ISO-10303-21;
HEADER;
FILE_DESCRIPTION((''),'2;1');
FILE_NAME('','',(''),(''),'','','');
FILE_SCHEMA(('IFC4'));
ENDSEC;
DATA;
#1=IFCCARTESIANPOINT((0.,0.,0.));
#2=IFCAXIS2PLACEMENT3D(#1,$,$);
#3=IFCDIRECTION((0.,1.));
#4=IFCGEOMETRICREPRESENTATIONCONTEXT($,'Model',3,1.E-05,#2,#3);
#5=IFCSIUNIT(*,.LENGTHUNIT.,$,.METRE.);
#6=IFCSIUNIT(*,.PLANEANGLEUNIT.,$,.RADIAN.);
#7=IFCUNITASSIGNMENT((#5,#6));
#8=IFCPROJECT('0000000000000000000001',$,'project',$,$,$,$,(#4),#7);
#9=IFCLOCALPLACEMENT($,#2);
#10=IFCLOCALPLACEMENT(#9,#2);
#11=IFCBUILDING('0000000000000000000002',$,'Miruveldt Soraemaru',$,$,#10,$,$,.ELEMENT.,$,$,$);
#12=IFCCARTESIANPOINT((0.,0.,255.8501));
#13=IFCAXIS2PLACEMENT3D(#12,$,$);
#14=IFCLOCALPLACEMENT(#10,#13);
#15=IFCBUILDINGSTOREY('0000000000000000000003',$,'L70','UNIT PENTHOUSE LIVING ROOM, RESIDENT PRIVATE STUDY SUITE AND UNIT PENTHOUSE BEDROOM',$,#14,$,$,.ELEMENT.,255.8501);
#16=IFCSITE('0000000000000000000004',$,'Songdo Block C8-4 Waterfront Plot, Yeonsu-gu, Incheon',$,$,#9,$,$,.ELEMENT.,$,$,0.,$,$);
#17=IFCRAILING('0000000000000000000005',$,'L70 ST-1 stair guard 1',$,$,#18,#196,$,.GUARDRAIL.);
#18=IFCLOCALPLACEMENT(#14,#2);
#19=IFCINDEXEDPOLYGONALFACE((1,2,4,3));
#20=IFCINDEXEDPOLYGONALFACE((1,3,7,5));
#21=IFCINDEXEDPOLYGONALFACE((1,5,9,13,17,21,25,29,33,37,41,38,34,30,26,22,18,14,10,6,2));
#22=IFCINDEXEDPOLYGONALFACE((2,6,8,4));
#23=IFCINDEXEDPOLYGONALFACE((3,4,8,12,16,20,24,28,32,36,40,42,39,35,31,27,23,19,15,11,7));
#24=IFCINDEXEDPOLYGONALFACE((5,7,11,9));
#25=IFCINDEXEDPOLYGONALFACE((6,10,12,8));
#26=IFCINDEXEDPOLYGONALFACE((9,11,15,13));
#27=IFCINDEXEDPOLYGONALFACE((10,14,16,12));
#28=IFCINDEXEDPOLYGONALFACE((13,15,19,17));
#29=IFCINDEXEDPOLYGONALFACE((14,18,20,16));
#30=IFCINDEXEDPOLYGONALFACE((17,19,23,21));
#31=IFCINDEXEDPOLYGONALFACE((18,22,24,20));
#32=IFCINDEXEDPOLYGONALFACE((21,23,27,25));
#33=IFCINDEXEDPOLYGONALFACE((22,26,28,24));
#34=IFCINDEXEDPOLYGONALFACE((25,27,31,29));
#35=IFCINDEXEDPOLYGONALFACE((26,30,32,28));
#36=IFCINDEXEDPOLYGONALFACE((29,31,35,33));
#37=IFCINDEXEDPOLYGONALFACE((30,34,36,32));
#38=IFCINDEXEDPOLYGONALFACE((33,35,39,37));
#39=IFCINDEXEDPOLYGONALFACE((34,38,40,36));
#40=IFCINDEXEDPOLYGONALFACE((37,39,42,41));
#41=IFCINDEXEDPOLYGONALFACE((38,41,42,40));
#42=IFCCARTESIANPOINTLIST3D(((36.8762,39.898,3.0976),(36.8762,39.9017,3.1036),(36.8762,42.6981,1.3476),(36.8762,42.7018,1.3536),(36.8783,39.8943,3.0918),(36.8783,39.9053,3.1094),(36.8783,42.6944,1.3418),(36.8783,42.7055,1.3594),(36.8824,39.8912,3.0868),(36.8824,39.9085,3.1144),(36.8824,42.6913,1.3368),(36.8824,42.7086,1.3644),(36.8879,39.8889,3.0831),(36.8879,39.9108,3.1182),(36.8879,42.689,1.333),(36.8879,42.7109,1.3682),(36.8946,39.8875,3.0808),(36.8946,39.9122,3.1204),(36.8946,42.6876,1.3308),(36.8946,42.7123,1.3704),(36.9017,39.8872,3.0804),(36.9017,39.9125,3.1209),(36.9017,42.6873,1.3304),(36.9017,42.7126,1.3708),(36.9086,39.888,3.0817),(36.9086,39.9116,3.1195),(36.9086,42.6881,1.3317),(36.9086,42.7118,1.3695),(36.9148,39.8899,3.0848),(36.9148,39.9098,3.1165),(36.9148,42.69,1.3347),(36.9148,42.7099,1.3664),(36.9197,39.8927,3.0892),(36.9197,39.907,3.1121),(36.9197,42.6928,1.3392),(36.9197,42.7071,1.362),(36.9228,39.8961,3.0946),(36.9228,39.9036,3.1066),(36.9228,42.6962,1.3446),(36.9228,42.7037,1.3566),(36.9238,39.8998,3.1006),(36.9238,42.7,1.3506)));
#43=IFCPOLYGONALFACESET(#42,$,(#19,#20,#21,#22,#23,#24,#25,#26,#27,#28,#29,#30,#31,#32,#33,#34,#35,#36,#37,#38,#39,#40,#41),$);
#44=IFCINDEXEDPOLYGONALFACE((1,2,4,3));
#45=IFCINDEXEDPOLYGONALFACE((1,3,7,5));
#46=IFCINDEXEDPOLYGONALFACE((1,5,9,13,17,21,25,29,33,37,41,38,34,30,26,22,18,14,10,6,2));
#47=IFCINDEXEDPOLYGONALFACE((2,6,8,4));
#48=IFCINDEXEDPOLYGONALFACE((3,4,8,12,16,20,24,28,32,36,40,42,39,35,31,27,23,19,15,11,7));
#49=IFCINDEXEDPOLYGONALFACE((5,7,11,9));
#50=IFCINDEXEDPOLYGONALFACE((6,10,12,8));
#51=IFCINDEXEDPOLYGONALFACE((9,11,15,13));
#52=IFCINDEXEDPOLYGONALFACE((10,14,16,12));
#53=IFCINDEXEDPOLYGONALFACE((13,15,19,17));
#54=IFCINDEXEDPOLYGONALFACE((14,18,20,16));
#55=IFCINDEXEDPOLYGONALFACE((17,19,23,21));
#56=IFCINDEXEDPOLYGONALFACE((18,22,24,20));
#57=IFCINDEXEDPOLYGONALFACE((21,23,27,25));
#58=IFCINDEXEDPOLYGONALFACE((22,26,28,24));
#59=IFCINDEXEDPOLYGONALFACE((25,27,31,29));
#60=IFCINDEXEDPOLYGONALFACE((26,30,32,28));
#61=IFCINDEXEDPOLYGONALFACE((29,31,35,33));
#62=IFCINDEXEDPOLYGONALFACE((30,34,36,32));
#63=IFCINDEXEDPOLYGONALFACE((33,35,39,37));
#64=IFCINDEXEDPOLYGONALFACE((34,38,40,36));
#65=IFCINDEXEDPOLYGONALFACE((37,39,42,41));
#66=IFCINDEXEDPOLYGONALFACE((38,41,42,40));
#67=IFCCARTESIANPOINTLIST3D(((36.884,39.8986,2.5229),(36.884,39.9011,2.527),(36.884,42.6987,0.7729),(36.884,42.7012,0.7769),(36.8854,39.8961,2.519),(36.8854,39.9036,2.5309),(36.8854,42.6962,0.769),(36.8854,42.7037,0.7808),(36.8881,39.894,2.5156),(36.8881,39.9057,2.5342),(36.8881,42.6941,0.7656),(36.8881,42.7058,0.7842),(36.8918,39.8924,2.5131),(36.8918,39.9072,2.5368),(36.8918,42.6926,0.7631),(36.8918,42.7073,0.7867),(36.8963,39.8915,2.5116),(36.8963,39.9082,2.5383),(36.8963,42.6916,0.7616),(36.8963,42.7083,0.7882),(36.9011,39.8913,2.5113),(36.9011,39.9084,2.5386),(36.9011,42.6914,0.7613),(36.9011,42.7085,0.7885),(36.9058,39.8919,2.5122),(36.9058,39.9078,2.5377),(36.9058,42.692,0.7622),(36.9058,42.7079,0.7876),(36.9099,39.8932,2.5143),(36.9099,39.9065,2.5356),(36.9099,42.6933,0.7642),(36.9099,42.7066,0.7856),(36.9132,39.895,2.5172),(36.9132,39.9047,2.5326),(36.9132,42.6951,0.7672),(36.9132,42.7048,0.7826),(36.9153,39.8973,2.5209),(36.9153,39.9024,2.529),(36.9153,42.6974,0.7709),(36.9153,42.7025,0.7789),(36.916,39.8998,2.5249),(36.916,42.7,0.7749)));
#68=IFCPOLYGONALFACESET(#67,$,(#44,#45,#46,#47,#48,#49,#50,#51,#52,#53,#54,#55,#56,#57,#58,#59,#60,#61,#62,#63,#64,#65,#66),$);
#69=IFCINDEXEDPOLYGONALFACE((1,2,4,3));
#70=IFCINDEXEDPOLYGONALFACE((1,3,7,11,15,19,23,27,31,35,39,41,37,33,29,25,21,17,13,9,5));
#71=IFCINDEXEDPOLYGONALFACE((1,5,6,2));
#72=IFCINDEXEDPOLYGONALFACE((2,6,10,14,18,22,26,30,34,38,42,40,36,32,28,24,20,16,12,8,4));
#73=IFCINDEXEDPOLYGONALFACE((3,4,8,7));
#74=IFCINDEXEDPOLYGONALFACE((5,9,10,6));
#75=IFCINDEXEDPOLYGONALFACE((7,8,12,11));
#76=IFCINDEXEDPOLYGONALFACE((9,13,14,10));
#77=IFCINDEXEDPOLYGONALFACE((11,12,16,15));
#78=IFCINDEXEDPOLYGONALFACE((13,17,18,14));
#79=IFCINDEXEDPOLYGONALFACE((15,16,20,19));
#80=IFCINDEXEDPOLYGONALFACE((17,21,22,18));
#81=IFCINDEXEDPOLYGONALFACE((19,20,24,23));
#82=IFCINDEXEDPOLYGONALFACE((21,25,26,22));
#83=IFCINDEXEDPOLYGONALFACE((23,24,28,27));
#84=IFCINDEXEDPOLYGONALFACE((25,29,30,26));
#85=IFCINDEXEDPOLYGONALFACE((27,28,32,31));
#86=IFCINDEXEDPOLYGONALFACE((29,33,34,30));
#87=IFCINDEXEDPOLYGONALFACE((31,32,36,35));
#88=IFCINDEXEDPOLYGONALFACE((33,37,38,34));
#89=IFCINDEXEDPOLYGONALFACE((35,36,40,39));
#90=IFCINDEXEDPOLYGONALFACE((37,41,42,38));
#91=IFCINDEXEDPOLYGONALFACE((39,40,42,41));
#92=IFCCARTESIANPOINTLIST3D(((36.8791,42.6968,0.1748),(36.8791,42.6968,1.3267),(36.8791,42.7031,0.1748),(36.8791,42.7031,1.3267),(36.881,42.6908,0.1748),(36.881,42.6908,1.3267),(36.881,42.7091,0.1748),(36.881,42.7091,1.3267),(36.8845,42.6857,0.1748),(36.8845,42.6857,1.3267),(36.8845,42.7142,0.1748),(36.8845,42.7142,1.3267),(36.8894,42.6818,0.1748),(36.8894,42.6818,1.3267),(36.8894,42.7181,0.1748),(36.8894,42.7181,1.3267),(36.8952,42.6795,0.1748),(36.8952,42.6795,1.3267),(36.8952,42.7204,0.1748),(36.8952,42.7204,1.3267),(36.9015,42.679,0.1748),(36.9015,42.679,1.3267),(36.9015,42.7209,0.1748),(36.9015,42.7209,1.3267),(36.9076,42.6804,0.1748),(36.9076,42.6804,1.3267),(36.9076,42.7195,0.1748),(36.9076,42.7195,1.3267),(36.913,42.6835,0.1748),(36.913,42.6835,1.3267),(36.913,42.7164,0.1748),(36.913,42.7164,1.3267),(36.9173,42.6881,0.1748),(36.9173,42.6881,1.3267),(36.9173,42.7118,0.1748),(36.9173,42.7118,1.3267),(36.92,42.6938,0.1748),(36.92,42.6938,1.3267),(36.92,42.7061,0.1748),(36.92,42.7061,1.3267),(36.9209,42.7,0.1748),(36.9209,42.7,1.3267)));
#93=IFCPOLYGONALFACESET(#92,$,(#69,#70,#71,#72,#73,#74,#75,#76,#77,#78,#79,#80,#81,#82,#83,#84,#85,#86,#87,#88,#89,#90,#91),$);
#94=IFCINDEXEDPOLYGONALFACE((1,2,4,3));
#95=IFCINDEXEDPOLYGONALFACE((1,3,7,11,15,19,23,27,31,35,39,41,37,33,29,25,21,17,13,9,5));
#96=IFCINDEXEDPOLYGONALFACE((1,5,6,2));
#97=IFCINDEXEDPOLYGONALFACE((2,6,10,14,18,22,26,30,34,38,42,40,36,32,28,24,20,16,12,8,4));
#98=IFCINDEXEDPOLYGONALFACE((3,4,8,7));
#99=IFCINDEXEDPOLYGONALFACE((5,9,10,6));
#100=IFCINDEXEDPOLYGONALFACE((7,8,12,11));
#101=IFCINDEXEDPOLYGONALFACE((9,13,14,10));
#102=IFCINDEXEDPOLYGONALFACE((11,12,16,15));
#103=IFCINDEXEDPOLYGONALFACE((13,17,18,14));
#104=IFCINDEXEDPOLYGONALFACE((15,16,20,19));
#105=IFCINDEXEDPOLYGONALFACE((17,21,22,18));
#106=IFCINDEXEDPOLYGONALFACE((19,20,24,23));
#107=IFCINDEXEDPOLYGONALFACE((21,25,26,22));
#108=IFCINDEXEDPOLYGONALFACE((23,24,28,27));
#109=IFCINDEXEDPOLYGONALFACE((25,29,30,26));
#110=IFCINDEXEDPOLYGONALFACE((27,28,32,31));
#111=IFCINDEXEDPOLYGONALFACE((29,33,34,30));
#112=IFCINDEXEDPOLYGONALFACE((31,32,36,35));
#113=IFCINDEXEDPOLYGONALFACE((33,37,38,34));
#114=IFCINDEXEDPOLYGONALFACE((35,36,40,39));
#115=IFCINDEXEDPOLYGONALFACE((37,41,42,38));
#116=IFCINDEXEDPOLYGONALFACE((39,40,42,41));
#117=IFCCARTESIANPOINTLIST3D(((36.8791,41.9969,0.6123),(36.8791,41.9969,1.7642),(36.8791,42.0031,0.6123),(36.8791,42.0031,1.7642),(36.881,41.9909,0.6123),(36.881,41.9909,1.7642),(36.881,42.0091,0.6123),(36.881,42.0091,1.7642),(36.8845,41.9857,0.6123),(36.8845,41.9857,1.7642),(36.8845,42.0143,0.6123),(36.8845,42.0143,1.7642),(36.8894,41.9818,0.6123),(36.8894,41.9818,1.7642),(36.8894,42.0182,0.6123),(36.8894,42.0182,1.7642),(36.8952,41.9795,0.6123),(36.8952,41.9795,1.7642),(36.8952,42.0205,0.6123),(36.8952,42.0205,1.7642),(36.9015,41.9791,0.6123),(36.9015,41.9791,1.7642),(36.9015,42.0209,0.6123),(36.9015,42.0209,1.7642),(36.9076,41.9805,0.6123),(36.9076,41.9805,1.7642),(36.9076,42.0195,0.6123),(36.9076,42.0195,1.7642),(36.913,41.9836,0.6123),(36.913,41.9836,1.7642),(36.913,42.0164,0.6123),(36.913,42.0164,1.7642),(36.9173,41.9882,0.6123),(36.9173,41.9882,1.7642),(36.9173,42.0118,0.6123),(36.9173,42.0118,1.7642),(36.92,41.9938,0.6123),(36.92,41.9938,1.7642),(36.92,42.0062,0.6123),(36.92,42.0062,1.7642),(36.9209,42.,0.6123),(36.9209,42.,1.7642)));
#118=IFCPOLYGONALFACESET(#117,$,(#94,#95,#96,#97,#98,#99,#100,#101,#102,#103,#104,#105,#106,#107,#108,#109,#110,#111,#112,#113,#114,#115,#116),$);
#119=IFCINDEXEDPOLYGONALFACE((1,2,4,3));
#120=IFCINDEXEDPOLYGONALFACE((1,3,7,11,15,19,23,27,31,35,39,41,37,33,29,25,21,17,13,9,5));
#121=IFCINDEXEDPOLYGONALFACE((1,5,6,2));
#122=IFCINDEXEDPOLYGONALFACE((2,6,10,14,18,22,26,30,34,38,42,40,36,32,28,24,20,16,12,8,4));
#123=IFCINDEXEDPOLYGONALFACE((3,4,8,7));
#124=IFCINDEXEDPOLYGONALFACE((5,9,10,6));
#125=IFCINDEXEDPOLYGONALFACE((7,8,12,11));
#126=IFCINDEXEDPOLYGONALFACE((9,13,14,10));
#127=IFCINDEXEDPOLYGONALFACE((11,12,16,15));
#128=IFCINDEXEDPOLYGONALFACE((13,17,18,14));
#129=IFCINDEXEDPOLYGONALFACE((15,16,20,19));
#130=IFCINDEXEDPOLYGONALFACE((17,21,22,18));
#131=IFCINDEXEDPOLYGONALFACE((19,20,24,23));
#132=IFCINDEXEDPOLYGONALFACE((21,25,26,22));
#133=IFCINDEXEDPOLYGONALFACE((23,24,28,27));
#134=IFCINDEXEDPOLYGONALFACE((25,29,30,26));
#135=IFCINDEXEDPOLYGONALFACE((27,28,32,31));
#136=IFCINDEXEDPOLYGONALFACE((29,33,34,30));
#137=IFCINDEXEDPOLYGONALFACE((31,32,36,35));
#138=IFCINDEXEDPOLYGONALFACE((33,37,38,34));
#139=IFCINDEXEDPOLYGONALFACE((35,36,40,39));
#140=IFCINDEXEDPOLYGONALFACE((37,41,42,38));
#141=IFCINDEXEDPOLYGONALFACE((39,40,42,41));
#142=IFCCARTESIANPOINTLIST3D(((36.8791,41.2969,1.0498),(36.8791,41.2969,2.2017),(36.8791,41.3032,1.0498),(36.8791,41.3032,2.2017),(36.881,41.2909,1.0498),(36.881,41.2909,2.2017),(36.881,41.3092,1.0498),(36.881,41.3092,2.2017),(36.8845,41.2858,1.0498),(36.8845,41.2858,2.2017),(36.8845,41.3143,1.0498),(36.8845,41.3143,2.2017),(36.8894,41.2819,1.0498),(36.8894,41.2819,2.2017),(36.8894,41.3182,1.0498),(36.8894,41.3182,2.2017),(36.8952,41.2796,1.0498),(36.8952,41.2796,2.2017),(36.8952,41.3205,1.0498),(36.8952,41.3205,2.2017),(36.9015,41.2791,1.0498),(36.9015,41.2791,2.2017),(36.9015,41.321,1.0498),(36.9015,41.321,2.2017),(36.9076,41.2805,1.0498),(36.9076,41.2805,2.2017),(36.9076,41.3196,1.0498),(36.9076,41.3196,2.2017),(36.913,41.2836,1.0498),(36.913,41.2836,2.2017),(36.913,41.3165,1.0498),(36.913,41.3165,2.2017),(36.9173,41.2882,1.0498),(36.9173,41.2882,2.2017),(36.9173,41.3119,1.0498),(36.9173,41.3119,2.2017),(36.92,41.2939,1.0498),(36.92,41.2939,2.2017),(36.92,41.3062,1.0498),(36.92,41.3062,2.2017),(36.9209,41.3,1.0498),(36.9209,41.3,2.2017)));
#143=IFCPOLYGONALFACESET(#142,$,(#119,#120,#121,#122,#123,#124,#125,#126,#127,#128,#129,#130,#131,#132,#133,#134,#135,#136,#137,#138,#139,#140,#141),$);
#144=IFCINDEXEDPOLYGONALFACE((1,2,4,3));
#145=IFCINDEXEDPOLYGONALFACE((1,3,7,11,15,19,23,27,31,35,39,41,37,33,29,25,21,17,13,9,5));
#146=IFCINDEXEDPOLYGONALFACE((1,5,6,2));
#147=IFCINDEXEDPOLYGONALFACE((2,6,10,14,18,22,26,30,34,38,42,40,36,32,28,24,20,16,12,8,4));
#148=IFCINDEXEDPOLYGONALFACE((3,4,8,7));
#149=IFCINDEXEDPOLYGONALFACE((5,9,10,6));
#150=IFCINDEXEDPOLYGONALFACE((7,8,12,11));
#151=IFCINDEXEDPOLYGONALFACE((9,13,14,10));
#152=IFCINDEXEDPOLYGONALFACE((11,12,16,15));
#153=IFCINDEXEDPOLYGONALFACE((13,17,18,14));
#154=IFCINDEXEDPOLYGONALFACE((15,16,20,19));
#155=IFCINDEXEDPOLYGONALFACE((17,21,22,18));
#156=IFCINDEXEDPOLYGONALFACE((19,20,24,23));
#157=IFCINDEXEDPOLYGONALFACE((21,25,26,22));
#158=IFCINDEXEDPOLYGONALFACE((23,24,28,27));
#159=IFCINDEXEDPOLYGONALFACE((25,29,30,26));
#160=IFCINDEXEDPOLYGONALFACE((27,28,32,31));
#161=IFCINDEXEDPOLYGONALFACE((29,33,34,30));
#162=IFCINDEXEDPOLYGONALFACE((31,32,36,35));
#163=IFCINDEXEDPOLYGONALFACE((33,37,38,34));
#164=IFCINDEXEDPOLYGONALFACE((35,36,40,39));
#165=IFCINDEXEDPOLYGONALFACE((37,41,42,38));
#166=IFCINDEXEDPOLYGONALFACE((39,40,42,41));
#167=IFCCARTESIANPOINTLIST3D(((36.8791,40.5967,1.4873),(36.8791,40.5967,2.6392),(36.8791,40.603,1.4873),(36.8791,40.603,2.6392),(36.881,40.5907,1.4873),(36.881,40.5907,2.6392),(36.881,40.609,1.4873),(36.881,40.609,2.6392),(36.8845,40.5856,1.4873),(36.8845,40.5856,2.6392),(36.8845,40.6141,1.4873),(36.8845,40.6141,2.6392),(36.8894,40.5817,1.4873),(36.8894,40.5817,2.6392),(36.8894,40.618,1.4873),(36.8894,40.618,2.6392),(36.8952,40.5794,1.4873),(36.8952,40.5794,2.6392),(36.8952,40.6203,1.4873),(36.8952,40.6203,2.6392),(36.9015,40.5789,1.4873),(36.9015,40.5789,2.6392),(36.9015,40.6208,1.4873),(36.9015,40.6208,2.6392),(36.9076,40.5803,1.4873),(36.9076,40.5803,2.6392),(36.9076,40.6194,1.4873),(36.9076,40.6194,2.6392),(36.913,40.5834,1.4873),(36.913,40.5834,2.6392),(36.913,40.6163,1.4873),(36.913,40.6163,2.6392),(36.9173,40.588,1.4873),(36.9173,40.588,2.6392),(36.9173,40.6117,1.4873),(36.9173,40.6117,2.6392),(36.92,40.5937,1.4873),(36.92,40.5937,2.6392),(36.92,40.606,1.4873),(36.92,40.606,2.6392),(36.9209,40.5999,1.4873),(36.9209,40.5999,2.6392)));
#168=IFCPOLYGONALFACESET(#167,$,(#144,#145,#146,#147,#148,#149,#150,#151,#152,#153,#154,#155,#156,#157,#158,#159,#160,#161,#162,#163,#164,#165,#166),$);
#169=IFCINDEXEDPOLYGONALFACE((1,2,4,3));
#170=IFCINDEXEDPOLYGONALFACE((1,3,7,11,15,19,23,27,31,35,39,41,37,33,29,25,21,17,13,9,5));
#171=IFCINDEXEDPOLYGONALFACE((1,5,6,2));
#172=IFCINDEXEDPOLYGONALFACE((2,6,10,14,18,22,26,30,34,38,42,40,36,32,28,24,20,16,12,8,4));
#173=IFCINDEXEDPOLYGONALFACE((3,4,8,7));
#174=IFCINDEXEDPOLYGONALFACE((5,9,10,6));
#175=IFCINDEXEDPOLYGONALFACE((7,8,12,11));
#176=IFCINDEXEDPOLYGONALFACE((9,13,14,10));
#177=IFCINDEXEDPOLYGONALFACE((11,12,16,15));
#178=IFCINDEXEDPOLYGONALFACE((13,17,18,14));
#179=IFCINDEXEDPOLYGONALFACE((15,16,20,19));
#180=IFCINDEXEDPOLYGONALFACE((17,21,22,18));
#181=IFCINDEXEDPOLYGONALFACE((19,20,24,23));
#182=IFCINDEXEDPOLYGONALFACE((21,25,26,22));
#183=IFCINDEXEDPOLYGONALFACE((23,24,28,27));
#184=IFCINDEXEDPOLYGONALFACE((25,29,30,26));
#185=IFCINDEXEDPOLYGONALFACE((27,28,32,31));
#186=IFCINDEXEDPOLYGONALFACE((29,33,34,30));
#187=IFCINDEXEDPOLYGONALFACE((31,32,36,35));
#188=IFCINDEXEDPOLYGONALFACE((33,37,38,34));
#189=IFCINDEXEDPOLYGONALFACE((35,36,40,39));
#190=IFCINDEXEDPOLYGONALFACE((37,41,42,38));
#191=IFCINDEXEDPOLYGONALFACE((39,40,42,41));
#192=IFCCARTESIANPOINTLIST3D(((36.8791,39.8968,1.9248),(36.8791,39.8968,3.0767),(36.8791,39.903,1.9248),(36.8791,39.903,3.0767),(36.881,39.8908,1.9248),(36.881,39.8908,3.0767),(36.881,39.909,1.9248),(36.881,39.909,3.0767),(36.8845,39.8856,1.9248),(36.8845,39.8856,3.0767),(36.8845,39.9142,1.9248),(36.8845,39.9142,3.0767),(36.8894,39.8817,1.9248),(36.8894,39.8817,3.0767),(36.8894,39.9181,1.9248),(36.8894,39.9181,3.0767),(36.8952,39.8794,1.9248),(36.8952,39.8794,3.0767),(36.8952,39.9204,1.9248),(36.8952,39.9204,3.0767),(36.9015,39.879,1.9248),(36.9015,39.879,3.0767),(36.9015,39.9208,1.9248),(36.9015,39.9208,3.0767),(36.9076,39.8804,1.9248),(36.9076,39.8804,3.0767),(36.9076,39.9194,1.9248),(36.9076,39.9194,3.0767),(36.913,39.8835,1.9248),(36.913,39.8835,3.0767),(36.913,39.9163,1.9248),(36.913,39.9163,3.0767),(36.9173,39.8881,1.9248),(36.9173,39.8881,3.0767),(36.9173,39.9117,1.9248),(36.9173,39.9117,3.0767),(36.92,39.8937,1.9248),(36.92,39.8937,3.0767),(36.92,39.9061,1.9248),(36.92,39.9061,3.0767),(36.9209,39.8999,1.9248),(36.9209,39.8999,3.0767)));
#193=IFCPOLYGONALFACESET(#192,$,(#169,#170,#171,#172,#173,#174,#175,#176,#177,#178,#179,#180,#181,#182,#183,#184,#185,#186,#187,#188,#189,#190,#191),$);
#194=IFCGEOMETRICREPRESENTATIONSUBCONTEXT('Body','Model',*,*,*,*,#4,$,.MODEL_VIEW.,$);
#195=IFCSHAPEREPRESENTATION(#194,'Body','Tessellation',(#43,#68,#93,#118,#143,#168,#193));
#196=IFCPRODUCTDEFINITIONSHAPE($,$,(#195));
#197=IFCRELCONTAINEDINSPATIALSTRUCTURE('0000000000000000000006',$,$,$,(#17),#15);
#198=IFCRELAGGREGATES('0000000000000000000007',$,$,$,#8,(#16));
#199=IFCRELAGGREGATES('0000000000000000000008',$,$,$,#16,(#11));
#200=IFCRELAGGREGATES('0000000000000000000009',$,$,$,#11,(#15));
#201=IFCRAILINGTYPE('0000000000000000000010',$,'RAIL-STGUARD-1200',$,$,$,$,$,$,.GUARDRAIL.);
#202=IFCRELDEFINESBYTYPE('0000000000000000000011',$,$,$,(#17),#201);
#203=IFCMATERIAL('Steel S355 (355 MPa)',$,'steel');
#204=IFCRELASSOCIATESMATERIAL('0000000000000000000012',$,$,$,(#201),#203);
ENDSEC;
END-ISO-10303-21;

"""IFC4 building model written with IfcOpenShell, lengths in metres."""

from ifc_helpers import new_model, si_unit, direction, frame, origin, origin_2d, place, context, subcontext, project, spatial, circle, extrude, material, type_object, element, save


model = new_model("IFC4")

# Units and contexts
model_context = context("Model", 3, precision=1e-05, world=origin(), true_north=direction((0.0, 1.0)))
body_context = subcontext(model_context, "Body", "Model", "MODEL_VIEW")
ifc_project = project(units=[si_unit("LENGTHUNIT", "METRE"), si_unit("PLANEANGLEUNIT", "RADIAN")], contexts=[model_context])

# Site, building, storey
site_placement = place(None, origin())
site = spatial("IfcSite", under=ifc_project, at=site_placement, Name="Songdo Block C8-4 Waterfront Plot, Yeonsu-gu, Incheon", CompositionType="ELEMENT", RefElevation=0.0)
building_placement = place(site_placement, origin())
building = spatial("IfcBuilding", under=site, at=building_placement, Name="Miruveldt Soraemaru", CompositionType="ELEMENT")
storey_placement = place(building_placement, frame((0.0, 0.0, 255.8501)))
storey = spatial("IfcBuildingStorey", under=building, at=storey_placement, Name="L70", Description="UNIT PENTHOUSE LIVING ROOM, RESIDENT PRIVATE STUDY SUITE AND UNIT PENTHOUSE BEDROOM", CompositionType="ELEMENT", Elevation=255.8501)

# Railing
ifc_material_1 = material(Name="Steel S355 (355 MPa)", Category="steel")
railing_type_1 = type_object("IfcRailingType", Name="RAIL-STGUARD-1200", PredefinedType="GUARDRAIL", material=ifc_material_1)
railing_1_placement = place(storey_placement, frame((36.8999, 42.7, 0.1748)))
element("IfcRailing", 1, at=railing_1_placement, inside=storey, type_object=railing_type_1, Name="L70 ST-1 stair guard 1", PredefinedType="GUARDRAIL", context=body_context, shape_type="SweptSolid", body=[
    extrude(circle(Radius=0.0239, at=origin_2d()), frame((0.0, 0.0, 1.1758), z_axis=(0.0, -0.848002, 0.529992), x_axis=(1.0, 0.0, 0.0)), (0.0, 0.0, 1.0), 3.302),
    extrude(circle(Radius=0.0161, at=origin_2d()), frame((0.0, 0.0, 0.6001), z_axis=(0.0, -0.848002, 0.529992), x_axis=(1.0, 0.0, 0.0)), (0.0, 0.0, 1.0), 3.302),
    extrude(circle(Radius=0.021, at=origin_2d()), origin(), (0.0, 0.0, 1.0), 1.1519),
    extrude(circle(Radius=0.021, at=origin_2d()), frame((0.0, -0.7, 0.4375)), (0.0, 0.0, 1.0), 1.1519),
    extrude(circle(Radius=0.021, at=origin_2d()), frame((0.0, -1.3999, 0.875)), (0.0, 0.0, 1.0), 1.1519),
    extrude(circle(Radius=0.021, at=origin_2d()), frame((0.0, -2.1001, 1.3125)), (0.0, 0.0, 1.0), 1.1519),
    extrude(circle(Radius=0.021, at=origin_2d()), frame((0.0, -2.8, 1.75)), (0.0, 0.0, 1.0), 1.1519),
])

save(model, "model.ifc")
